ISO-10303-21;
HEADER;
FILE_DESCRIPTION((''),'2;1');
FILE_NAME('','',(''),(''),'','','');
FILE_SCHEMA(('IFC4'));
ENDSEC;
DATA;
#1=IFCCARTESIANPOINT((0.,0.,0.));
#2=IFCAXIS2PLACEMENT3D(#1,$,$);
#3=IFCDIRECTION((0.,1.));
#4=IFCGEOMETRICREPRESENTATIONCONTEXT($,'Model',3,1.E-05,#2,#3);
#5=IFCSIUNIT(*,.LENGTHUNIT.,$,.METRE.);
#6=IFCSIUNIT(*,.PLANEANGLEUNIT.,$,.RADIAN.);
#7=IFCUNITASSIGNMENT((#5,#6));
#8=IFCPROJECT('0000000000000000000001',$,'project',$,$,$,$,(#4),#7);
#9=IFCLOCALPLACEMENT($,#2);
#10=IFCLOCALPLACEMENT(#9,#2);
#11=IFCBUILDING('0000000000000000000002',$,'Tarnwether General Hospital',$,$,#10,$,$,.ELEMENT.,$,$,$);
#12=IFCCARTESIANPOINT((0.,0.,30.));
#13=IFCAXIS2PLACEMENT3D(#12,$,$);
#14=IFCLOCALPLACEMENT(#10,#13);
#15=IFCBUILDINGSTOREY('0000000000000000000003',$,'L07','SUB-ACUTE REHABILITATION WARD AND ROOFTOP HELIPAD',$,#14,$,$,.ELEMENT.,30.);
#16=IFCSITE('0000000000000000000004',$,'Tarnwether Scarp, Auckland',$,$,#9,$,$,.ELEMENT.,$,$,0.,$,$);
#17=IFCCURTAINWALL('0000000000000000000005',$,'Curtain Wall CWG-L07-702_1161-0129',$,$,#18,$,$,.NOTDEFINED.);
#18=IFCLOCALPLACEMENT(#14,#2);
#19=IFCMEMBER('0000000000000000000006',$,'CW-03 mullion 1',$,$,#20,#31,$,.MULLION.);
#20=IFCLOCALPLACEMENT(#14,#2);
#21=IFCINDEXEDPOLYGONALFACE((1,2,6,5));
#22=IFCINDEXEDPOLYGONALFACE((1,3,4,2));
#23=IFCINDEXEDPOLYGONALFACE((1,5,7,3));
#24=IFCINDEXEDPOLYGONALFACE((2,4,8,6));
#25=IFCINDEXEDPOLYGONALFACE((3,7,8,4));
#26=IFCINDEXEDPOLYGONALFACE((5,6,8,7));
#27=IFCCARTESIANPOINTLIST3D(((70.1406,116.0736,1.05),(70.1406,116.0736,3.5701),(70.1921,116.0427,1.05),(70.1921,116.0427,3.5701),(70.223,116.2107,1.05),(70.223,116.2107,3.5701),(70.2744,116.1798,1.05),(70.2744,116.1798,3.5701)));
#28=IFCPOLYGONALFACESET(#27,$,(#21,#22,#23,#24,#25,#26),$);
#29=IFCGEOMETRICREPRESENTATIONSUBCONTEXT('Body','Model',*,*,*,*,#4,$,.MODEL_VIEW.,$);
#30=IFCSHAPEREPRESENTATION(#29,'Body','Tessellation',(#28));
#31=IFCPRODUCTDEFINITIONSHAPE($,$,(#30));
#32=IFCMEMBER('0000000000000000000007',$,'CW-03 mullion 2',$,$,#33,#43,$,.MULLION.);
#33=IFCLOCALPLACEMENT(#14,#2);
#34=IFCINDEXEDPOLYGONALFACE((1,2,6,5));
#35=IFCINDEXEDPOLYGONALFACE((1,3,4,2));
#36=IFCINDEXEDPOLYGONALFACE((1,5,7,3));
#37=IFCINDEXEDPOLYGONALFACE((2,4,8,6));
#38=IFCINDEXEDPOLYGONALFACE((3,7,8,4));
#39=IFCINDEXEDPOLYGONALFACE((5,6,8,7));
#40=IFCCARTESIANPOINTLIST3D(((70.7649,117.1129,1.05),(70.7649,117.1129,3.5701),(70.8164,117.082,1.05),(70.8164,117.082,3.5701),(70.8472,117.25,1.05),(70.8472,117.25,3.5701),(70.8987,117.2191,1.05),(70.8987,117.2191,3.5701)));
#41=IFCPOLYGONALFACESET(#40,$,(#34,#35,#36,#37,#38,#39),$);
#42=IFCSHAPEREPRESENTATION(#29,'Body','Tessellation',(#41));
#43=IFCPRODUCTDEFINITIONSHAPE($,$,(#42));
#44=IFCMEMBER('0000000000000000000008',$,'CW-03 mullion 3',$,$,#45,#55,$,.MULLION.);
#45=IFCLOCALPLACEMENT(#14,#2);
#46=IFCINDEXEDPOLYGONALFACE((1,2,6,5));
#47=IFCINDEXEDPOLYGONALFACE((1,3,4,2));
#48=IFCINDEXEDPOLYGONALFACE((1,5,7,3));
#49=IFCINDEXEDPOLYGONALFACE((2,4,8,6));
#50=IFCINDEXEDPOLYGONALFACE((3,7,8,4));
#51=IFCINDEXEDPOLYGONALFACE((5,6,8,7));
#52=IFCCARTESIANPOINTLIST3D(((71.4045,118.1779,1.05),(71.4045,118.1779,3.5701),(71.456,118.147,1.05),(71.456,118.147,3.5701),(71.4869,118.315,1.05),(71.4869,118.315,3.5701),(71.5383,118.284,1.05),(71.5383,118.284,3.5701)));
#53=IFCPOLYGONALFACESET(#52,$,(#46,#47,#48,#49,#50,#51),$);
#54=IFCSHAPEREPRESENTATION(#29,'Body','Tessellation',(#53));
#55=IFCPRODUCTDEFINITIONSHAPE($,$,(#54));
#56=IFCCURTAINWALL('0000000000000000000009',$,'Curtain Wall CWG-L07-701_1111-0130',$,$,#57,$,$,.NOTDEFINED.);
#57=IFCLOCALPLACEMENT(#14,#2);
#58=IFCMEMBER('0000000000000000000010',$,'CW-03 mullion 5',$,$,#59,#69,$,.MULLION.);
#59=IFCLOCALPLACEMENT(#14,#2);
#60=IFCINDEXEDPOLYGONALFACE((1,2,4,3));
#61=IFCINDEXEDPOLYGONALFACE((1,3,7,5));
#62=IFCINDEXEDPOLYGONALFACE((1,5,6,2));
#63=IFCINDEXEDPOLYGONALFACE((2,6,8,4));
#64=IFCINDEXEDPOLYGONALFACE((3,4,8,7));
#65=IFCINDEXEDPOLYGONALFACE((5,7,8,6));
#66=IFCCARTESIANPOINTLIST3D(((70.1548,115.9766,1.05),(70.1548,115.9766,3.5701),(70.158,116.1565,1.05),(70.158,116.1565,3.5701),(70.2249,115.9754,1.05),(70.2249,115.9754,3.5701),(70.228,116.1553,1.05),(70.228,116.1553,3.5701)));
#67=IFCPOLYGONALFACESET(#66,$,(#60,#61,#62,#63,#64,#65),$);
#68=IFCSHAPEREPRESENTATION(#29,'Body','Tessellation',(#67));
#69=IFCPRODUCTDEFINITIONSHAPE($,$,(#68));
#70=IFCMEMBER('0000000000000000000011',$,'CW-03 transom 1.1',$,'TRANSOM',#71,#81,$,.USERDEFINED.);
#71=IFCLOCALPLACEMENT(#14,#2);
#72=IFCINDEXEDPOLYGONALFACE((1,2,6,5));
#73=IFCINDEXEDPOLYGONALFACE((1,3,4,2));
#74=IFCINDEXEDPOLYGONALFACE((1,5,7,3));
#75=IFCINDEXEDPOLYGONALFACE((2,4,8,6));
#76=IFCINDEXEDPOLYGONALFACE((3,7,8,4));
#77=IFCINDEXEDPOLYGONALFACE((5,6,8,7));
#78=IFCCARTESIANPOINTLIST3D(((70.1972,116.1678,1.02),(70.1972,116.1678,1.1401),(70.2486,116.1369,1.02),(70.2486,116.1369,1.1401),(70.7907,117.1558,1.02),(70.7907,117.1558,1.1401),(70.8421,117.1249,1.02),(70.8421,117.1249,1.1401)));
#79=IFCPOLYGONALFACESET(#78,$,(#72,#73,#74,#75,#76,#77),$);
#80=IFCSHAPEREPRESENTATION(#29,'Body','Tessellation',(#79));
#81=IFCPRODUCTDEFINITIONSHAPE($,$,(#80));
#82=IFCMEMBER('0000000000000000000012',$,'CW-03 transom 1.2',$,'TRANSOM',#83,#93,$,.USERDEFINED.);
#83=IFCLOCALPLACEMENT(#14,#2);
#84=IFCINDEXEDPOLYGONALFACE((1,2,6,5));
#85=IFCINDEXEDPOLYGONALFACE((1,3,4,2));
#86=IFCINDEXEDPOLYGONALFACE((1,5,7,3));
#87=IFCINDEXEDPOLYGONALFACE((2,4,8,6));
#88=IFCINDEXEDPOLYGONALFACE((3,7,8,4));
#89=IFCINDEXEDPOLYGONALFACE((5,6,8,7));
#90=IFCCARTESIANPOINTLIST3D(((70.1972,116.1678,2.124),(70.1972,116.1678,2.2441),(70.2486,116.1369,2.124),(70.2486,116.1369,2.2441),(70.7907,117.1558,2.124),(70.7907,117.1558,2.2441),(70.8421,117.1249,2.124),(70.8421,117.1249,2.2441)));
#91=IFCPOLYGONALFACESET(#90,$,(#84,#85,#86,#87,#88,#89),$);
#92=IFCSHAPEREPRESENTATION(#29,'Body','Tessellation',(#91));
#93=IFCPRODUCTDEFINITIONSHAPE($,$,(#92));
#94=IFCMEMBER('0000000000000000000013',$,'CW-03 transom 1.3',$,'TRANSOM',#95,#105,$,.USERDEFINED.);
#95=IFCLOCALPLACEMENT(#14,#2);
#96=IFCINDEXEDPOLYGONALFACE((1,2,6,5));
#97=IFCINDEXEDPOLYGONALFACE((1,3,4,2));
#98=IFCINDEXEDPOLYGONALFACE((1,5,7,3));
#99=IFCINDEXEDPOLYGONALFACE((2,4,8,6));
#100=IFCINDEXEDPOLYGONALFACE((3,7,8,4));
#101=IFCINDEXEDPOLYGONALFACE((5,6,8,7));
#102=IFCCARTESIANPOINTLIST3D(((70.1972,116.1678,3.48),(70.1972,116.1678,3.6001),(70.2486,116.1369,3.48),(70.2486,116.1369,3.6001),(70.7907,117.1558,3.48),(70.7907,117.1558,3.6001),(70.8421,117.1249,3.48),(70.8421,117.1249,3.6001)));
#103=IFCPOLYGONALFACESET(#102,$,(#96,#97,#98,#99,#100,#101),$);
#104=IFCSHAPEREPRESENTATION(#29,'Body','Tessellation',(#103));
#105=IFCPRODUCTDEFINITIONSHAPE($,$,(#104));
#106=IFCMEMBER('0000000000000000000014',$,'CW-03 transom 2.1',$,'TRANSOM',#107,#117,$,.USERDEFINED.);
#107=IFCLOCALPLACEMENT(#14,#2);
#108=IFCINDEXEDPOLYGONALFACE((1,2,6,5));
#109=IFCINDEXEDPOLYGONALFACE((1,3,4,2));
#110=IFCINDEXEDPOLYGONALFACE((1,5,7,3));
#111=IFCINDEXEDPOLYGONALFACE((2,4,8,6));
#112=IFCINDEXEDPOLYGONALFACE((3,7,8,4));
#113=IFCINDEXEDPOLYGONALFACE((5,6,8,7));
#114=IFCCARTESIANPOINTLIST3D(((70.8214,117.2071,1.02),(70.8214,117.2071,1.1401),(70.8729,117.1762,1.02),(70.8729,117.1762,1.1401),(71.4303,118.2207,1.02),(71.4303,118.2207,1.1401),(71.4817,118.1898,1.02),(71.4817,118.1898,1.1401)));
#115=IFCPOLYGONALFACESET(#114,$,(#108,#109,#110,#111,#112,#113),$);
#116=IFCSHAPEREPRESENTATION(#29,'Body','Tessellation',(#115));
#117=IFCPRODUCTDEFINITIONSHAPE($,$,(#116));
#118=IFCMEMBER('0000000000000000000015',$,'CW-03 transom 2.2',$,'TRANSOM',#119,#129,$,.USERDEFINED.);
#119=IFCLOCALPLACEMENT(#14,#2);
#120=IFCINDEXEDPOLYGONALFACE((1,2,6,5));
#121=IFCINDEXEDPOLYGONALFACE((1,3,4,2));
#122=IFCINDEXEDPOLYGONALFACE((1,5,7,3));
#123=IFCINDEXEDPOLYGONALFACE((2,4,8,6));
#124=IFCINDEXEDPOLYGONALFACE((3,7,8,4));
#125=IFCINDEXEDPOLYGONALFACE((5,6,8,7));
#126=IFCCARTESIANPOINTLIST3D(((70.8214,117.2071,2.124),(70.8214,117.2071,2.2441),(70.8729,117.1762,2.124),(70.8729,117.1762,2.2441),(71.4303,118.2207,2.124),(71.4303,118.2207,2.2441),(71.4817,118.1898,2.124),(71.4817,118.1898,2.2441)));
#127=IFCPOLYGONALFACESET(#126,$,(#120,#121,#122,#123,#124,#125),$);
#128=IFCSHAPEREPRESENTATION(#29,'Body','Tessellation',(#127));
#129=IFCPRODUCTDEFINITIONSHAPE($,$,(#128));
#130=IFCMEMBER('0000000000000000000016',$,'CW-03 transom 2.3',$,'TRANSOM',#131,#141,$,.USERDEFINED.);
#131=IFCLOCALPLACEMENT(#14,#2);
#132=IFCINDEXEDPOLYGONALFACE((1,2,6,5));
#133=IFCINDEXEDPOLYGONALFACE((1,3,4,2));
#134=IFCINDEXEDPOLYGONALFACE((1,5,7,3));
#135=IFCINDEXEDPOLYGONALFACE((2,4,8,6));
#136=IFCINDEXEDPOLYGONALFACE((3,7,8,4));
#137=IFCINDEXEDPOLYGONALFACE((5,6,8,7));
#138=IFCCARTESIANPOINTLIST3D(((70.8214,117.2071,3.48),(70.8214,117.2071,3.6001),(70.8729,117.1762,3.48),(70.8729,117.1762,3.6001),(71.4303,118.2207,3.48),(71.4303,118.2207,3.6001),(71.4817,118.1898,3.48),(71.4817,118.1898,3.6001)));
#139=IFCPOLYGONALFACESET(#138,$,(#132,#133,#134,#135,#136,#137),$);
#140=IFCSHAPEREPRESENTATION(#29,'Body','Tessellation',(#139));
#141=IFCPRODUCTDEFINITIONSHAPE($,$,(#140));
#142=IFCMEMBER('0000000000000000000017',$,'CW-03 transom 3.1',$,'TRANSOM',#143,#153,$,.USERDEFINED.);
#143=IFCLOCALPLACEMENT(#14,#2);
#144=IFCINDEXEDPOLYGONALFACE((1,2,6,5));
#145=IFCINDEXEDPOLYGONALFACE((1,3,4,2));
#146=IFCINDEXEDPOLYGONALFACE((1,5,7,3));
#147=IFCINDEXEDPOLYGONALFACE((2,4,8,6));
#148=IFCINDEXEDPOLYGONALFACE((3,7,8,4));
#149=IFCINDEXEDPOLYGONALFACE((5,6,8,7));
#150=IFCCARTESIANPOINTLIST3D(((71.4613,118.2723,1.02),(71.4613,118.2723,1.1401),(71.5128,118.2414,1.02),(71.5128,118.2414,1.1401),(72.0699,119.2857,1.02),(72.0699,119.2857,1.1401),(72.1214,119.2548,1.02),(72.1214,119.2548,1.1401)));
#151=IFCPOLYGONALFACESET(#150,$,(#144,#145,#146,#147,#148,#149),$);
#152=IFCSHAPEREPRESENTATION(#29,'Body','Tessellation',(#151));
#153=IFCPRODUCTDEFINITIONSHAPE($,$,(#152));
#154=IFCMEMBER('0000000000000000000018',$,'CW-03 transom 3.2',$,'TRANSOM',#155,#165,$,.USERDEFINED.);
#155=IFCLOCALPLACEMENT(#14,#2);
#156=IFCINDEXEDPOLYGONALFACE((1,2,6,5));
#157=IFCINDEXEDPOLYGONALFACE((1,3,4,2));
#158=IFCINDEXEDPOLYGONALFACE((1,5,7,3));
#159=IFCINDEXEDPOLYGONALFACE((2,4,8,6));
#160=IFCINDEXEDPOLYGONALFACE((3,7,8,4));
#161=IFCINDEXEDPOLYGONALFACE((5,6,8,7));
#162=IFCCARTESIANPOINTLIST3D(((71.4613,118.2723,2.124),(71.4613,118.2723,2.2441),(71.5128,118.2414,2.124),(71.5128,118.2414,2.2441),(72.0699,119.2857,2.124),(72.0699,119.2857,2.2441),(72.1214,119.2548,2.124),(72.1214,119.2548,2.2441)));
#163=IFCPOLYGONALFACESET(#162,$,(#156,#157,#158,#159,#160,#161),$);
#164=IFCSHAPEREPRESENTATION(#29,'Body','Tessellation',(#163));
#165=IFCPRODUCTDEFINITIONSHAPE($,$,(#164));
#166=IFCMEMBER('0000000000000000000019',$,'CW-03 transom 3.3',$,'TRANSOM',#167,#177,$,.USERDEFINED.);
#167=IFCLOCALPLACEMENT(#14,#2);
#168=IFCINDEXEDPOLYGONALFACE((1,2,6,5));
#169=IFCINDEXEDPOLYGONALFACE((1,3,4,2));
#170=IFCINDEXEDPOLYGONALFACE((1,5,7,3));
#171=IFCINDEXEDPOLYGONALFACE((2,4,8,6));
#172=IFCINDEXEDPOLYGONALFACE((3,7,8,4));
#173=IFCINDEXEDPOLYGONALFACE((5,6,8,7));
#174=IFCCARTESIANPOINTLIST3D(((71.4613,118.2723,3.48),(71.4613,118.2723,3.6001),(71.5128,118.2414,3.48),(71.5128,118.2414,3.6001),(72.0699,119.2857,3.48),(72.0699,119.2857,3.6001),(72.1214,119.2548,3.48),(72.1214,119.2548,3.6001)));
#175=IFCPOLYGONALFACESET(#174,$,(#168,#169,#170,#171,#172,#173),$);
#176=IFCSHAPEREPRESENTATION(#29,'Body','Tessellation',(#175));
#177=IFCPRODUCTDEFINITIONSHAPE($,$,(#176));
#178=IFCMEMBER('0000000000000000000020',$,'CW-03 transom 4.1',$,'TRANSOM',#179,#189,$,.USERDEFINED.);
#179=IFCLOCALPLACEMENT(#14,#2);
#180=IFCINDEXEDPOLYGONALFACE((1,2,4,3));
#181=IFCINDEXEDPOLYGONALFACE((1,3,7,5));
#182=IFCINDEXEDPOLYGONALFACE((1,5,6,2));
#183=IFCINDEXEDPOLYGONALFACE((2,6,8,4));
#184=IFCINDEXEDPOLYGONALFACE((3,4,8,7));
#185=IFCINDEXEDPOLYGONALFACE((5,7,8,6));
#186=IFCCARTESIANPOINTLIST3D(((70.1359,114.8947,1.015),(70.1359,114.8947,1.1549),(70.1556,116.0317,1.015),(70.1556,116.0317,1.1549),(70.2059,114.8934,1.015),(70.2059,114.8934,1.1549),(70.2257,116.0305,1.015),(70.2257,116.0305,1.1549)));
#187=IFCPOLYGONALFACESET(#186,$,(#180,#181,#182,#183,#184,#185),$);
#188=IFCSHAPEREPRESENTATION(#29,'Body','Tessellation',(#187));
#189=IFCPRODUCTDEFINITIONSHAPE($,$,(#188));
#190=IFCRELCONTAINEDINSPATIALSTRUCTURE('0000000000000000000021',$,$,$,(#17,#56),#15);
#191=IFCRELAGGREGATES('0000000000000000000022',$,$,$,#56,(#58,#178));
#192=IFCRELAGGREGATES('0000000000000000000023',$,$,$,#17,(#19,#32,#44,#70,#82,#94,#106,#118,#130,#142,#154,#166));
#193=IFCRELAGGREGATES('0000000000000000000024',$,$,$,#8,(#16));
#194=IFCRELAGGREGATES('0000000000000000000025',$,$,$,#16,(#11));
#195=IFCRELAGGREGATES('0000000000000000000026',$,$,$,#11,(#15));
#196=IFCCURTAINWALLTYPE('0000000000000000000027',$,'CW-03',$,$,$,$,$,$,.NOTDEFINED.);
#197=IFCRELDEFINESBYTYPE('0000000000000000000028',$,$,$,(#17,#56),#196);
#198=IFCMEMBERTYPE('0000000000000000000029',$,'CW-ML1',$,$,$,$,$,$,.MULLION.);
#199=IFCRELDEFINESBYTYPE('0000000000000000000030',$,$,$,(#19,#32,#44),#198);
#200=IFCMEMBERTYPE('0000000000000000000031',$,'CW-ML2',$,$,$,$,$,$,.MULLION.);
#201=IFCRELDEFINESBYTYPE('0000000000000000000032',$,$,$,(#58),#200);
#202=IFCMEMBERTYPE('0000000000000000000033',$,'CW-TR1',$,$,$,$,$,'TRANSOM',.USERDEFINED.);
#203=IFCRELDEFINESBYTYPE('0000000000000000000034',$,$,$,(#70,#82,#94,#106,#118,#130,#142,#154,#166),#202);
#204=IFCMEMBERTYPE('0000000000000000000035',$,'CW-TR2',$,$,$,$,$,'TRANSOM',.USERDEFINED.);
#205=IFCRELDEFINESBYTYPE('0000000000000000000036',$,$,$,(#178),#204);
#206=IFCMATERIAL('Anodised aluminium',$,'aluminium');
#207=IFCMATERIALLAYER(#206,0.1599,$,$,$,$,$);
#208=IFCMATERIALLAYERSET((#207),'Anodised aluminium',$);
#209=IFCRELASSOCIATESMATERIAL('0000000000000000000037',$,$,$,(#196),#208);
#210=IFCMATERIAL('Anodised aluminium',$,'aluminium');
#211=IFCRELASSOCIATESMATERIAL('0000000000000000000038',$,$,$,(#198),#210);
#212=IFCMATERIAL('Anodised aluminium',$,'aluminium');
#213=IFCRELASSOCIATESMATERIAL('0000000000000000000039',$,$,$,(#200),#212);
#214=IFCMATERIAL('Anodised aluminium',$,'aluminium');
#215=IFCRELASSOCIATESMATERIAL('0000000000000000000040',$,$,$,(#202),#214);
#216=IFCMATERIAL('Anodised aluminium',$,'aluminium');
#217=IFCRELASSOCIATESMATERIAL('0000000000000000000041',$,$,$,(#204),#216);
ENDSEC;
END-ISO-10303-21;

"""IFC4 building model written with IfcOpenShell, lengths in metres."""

from ifc_helpers import new_model, si_unit, direction, frame, origin, origin_2d, place, context, subcontext, project, spatial, rectangle, extrude, material, layer, layer_set, material_profile, profile_set, type_object, element, aggregate, save


model = new_model("IFC4")

# Units and contexts
model_context = context("Model", 3, precision=1e-05, world=origin(), true_north=direction((0.0, 1.0)))
body_context = subcontext(model_context, "Body", "Model", "MODEL_VIEW")
ifc_project = project(units=[si_unit("LENGTHUNIT", "METRE"), si_unit("PLANEANGLEUNIT", "RADIAN")], contexts=[model_context])

# Site, building, storey
site_placement = place(None, origin())
site = spatial("IfcSite", under=ifc_project, at=site_placement, Name="Tarnwether Scarp, Auckland", CompositionType="ELEMENT", RefElevation=0.0)
building_placement = place(site_placement, origin())
building = spatial("IfcBuilding", under=site, at=building_placement, Name="Tarnwether General Hospital", CompositionType="ELEMENT")
storey_placement = place(building_placement, frame((0.0, 0.0, 30.0)))
storey = spatial("IfcBuildingStorey", under=building, at=storey_placement, Name="L07", Description="SUB-ACUTE REHABILITATION WARD AND ROOFTOP HELIPAD", CompositionType="ELEMENT", Elevation=30.0)

# Curtain wall, members
ifc_material_1 = material(Name="Anodised aluminium", Category="aluminium")
ifc_layer_1 = layer(ifc_material_1, 0.1599)
ifc_layer_set_1 = layer_set([ifc_layer_1], Name="Anodised aluminium")
curtain_wall_type = type_object("IfcCurtainWallType", Name="CW-03", PredefinedType="NOTDEFINED", material=ifc_layer_set_1)
curtain_wall_1_placement = place(storey_placement, origin())
curtain_wall_1 = element("IfcCurtainWall", 1, at=curtain_wall_1_placement, inside=storey, type_object=curtain_wall_type, Name="Curtain Wall CWG-L07-702_1161-0129", PredefinedType="NOTDEFINED")
ifc_material_2 = material(Name="Anodised aluminium", Category="aluminium")
ifc_material_profile_1 = material_profile(ifc_material_2, rectangle(XDim=0.0601, YDim=0.1599, at=origin_2d()), Name="ALU-MUL-60x160")
ifc_profile_set_1 = profile_set([ifc_material_profile_1], Name="Anodised aluminium")
member_type_1 = type_object("IfcMemberType", Name="CW-ML1", PredefinedType="MULLION", material=ifc_profile_set_1)
member_1_placement = place(storey_placement, frame((70.2075, 116.1267, 1.05), z_axis=(0.0, 0.0, 1.0), x_axis=(-0.857226, 0.51494, 0.0)))
member_1 = element("IfcMember", 2, at=member_1_placement, type_object=member_type_1, Name="CW-03 mullion 1", PredefinedType="MULLION", context=body_context, shape_type="SweptSolid", body=[
    extrude(rectangle(XDim=0.0601, YDim=0.1599, at=origin_2d()), origin(), (0.0, 0.0, 1.0), 2.52),
])
member_2_placement = place(storey_placement, frame((70.8318, 117.166, 1.05), z_axis=(0.0, 0.0, 1.0), x_axis=(-0.857226, 0.51494, 0.0)))
member_2 = element("IfcMember", 3, at=member_2_placement, type_object=member_type_1, Name="CW-03 mullion 2", PredefinedType="MULLION", context=body_context, shape_type="SweptSolid", body=[
    extrude(rectangle(XDim=0.0601, YDim=0.1599, at=origin_2d()), origin(), (0.0, 0.0, 1.0), 2.52),
])
member_3_placement = place(storey_placement, frame((71.4714, 118.231, 1.05), z_axis=(0.0, 0.0, 1.0), x_axis=(-0.857226, 0.51494, 0.0)))
member_3 = element("IfcMember", 4, at=member_3_placement, type_object=member_type_1, Name="CW-03 mullion 3", PredefinedType="MULLION", context=body_context, shape_type="SweptSolid", body=[
    extrude(rectangle(XDim=0.0601, YDim=0.1599, at=origin_2d()), origin(), (0.0, 0.0, 1.0), 2.52),
])

# Curtain wall, member
curtain_wall_2_placement = place(storey_placement, origin())
curtain_wall_2 = element("IfcCurtainWall", 5, at=curtain_wall_2_placement, inside=storey, type_object=curtain_wall_type, Name="Curtain Wall CWG-L07-701_1111-0130", PredefinedType="NOTDEFINED")
ifc_material_3 = material(Name="Anodised aluminium", Category="aluminium")
ifc_material_profile_2 = material_profile(ifc_material_3, rectangle(XDim=0.0701, YDim=0.1799, at=origin_2d()), Name="ALU-MUL-70x180")
ifc_profile_set_2 = profile_set([ifc_material_profile_2], Name="Anodised aluminium")
member_type_2 = type_object("IfcMemberType", Name="CW-ML2", PredefinedType="MULLION", material=ifc_profile_set_2)
member_4_placement = place(storey_placement, frame((70.1914, 116.0659, 1.05), z_axis=(0.0, 0.0, 1.0), x_axis=(-0.999847, 0.017509, 0.0)))
member_4 = element("IfcMember", 6, at=member_4_placement, type_object=member_type_2, Name="CW-03 mullion 5", PredefinedType="MULLION", context=body_context, shape_type="SweptSolid", body=[
    extrude(rectangle(XDim=0.0701, YDim=0.1799, at=origin_2d()), origin(), (0.0, 0.0, 1.0), 2.52),
])

# Members
ifc_material_4 = material(Name="Anodised aluminium", Category="aluminium")
ifc_material_profile_3 = material_profile(ifc_material_4, rectangle(XDim=0.0601, YDim=0.1201, at=origin_2d()), Name="ALU-TRN-60x120")
ifc_profile_set_3 = profile_set([ifc_material_profile_3], Name="Anodised aluminium")
member_type_3 = type_object("IfcMemberType", Name="CW-TR1", ElementType="TRANSOM", PredefinedType="USERDEFINED", material=ifc_profile_set_3)
member_5_placement = place(storey_placement, frame((70.2229, 116.1523, 1.0801), z_axis=(0.514932, 0.857231, 0.0), x_axis=(-0.857231, 0.514932, 0.0)))
member_5 = element("IfcMember", 7, at=member_5_placement, type_object=member_type_3, Name="CW-03 transom 1.1", ObjectType="TRANSOM", PredefinedType="USERDEFINED", context=body_context, shape_type="SweptSolid", body=[
    extrude(rectangle(XDim=0.0601, YDim=0.1201, at=origin_2d()), origin(), (0.0, 0.0, 1.0), 1.1526),
])
member_6_placement = place(storey_placement, frame((70.2229, 116.1523, 2.1841), z_axis=(0.514932, 0.857231, 0.0), x_axis=(-0.857231, 0.514932, 0.0)))
member_6 = element("IfcMember", 8, at=member_6_placement, type_object=member_type_3, Name="CW-03 transom 1.2", ObjectType="TRANSOM", PredefinedType="USERDEFINED", context=body_context, shape_type="SweptSolid", body=[
    extrude(rectangle(XDim=0.0601, YDim=0.1201, at=origin_2d()), origin(), (0.0, 0.0, 1.0), 1.1526),
])
member_7_placement = place(storey_placement, frame((70.2229, 116.1523, 3.54), z_axis=(0.514932, 0.857231, 0.0), x_axis=(-0.857231, 0.514932, 0.0)))
member_7 = element("IfcMember", 9, at=member_7_placement, type_object=member_type_3, Name="CW-03 transom 1.3", ObjectType="TRANSOM", PredefinedType="USERDEFINED", context=body_context, shape_type="SweptSolid", body=[
    extrude(rectangle(XDim=0.0601, YDim=0.1201, at=origin_2d()), origin(), (0.0, 0.0, 1.0), 1.1526),
])
member_8_placement = place(storey_placement, frame((70.8472, 117.1917, 1.0801), z_axis=(0.514921, 0.857238, 0.0), x_axis=(-0.857238, 0.514921, 0.0)))
member_8 = element("IfcMember", 10, at=member_8_placement, type_object=member_type_3, Name="CW-03 transom 2.1", ObjectType="TRANSOM", PredefinedType="USERDEFINED", context=body_context, shape_type="SweptSolid", body=[
    extrude(rectangle(XDim=0.0601, YDim=0.1201, at=origin_2d()), origin(), (0.0, 0.0, 1.0), 1.1824),
])
member_9_placement = place(storey_placement, frame((70.8472, 117.1917, 2.1841), z_axis=(0.514921, 0.857238, 0.0), x_axis=(-0.857238, 0.514921, 0.0)))
member_9 = element("IfcMember", 11, at=member_9_placement, type_object=member_type_3, Name="CW-03 transom 2.2", ObjectType="TRANSOM", PredefinedType="USERDEFINED", context=body_context, shape_type="SweptSolid", body=[
    extrude(rectangle(XDim=0.0601, YDim=0.1201, at=origin_2d()), origin(), (0.0, 0.0, 1.0), 1.1824),
])
member_10_placement = place(storey_placement, frame((70.8472, 117.1917, 3.54), z_axis=(0.514921, 0.857238, 0.0), x_axis=(-0.857238, 0.514921, 0.0)))
member_10 = element("IfcMember", 12, at=member_10_placement, type_object=member_type_3, Name="CW-03 transom 2.3", ObjectType="TRANSOM", PredefinedType="USERDEFINED", context=body_context, shape_type="SweptSolid", body=[
    extrude(rectangle(XDim=0.0601, YDim=0.1201, at=origin_2d()), origin(), (0.0, 0.0, 1.0), 1.1824),
])
member_11_placement = place(storey_placement, frame((71.4871, 118.2568, 1.0801), z_axis=(0.51486, 0.857274, 0.0), x_axis=(-0.857274, 0.51486, 0.0)))
member_11 = element("IfcMember", 13, at=member_11_placement, type_object=member_type_3, Name="CW-03 transom 3.1", ObjectType="TRANSOM", PredefinedType="USERDEFINED", context=body_context, shape_type="SweptSolid", body=[
    extrude(rectangle(XDim=0.0601, YDim=0.1201, at=origin_2d()), origin(), (0.0, 0.0, 1.0), 1.1821),
])
member_12_placement = place(storey_placement, frame((71.4871, 118.2568, 2.1841), z_axis=(0.51486, 0.857274, 0.0), x_axis=(-0.857274, 0.51486, 0.0)))
member_12 = element("IfcMember", 14, at=member_12_placement, type_object=member_type_3, Name="CW-03 transom 3.2", ObjectType="TRANSOM", PredefinedType="USERDEFINED", context=body_context, shape_type="SweptSolid", body=[
    extrude(rectangle(XDim=0.0601, YDim=0.1201, at=origin_2d()), origin(), (0.0, 0.0, 1.0), 1.1821),
])
member_13_placement = place(storey_placement, frame((71.4871, 118.2568, 3.54), z_axis=(0.51486, 0.857274, 0.0), x_axis=(-0.857274, 0.51486, 0.0)))
member_13 = element("IfcMember", 15, at=member_13_placement, type_object=member_type_3, Name="CW-03 transom 3.3", ObjectType="TRANSOM", PredefinedType="USERDEFINED", context=body_context, shape_type="SweptSolid", body=[
    extrude(rectangle(XDim=0.0601, YDim=0.1201, at=origin_2d()), origin(), (0.0, 0.0, 1.0), 1.1821),
])
ifc_material_5 = material(Name="Anodised aluminium", Category="aluminium")
ifc_material_profile_4 = material_profile(ifc_material_5, rectangle(XDim=0.0701, YDim=0.1399, at=origin_2d()), Name="ALU-TRN-70x140")
ifc_profile_set_4 = profile_set([ifc_material_profile_4], Name="Anodised aluminium")
member_type_4 = type_object("IfcMemberType", Name="CW-TR2", ElementType="TRANSOM", PredefinedType="USERDEFINED", material=ifc_profile_set_4)
member_14_placement = place(storey_placement, frame((70.1709, 114.894, 1.085), z_axis=(0.017391, 0.999849, 0.0), x_axis=(-0.999849, 0.017391, 0.0)))
member_14 = element("IfcMember", 16, at=member_14_placement, type_object=member_type_4, Name="CW-03 transom 4.1", ObjectType="TRANSOM", PredefinedType="USERDEFINED", context=body_context, shape_type="SweptSolid", body=[
    extrude(rectangle(XDim=0.0701, YDim=0.1399, at=origin_2d()), origin(), (0.0, 0.0, 1.0), 1.1372),
])

aggregate(curtain_wall_2, [member_4, member_14])
aggregate(curtain_wall_1, [member_1, member_2, member_3, member_5, member_6, member_7, member_8, member_9, member_10, member_11, member_12, member_13])

save(model, "model.ifc")
